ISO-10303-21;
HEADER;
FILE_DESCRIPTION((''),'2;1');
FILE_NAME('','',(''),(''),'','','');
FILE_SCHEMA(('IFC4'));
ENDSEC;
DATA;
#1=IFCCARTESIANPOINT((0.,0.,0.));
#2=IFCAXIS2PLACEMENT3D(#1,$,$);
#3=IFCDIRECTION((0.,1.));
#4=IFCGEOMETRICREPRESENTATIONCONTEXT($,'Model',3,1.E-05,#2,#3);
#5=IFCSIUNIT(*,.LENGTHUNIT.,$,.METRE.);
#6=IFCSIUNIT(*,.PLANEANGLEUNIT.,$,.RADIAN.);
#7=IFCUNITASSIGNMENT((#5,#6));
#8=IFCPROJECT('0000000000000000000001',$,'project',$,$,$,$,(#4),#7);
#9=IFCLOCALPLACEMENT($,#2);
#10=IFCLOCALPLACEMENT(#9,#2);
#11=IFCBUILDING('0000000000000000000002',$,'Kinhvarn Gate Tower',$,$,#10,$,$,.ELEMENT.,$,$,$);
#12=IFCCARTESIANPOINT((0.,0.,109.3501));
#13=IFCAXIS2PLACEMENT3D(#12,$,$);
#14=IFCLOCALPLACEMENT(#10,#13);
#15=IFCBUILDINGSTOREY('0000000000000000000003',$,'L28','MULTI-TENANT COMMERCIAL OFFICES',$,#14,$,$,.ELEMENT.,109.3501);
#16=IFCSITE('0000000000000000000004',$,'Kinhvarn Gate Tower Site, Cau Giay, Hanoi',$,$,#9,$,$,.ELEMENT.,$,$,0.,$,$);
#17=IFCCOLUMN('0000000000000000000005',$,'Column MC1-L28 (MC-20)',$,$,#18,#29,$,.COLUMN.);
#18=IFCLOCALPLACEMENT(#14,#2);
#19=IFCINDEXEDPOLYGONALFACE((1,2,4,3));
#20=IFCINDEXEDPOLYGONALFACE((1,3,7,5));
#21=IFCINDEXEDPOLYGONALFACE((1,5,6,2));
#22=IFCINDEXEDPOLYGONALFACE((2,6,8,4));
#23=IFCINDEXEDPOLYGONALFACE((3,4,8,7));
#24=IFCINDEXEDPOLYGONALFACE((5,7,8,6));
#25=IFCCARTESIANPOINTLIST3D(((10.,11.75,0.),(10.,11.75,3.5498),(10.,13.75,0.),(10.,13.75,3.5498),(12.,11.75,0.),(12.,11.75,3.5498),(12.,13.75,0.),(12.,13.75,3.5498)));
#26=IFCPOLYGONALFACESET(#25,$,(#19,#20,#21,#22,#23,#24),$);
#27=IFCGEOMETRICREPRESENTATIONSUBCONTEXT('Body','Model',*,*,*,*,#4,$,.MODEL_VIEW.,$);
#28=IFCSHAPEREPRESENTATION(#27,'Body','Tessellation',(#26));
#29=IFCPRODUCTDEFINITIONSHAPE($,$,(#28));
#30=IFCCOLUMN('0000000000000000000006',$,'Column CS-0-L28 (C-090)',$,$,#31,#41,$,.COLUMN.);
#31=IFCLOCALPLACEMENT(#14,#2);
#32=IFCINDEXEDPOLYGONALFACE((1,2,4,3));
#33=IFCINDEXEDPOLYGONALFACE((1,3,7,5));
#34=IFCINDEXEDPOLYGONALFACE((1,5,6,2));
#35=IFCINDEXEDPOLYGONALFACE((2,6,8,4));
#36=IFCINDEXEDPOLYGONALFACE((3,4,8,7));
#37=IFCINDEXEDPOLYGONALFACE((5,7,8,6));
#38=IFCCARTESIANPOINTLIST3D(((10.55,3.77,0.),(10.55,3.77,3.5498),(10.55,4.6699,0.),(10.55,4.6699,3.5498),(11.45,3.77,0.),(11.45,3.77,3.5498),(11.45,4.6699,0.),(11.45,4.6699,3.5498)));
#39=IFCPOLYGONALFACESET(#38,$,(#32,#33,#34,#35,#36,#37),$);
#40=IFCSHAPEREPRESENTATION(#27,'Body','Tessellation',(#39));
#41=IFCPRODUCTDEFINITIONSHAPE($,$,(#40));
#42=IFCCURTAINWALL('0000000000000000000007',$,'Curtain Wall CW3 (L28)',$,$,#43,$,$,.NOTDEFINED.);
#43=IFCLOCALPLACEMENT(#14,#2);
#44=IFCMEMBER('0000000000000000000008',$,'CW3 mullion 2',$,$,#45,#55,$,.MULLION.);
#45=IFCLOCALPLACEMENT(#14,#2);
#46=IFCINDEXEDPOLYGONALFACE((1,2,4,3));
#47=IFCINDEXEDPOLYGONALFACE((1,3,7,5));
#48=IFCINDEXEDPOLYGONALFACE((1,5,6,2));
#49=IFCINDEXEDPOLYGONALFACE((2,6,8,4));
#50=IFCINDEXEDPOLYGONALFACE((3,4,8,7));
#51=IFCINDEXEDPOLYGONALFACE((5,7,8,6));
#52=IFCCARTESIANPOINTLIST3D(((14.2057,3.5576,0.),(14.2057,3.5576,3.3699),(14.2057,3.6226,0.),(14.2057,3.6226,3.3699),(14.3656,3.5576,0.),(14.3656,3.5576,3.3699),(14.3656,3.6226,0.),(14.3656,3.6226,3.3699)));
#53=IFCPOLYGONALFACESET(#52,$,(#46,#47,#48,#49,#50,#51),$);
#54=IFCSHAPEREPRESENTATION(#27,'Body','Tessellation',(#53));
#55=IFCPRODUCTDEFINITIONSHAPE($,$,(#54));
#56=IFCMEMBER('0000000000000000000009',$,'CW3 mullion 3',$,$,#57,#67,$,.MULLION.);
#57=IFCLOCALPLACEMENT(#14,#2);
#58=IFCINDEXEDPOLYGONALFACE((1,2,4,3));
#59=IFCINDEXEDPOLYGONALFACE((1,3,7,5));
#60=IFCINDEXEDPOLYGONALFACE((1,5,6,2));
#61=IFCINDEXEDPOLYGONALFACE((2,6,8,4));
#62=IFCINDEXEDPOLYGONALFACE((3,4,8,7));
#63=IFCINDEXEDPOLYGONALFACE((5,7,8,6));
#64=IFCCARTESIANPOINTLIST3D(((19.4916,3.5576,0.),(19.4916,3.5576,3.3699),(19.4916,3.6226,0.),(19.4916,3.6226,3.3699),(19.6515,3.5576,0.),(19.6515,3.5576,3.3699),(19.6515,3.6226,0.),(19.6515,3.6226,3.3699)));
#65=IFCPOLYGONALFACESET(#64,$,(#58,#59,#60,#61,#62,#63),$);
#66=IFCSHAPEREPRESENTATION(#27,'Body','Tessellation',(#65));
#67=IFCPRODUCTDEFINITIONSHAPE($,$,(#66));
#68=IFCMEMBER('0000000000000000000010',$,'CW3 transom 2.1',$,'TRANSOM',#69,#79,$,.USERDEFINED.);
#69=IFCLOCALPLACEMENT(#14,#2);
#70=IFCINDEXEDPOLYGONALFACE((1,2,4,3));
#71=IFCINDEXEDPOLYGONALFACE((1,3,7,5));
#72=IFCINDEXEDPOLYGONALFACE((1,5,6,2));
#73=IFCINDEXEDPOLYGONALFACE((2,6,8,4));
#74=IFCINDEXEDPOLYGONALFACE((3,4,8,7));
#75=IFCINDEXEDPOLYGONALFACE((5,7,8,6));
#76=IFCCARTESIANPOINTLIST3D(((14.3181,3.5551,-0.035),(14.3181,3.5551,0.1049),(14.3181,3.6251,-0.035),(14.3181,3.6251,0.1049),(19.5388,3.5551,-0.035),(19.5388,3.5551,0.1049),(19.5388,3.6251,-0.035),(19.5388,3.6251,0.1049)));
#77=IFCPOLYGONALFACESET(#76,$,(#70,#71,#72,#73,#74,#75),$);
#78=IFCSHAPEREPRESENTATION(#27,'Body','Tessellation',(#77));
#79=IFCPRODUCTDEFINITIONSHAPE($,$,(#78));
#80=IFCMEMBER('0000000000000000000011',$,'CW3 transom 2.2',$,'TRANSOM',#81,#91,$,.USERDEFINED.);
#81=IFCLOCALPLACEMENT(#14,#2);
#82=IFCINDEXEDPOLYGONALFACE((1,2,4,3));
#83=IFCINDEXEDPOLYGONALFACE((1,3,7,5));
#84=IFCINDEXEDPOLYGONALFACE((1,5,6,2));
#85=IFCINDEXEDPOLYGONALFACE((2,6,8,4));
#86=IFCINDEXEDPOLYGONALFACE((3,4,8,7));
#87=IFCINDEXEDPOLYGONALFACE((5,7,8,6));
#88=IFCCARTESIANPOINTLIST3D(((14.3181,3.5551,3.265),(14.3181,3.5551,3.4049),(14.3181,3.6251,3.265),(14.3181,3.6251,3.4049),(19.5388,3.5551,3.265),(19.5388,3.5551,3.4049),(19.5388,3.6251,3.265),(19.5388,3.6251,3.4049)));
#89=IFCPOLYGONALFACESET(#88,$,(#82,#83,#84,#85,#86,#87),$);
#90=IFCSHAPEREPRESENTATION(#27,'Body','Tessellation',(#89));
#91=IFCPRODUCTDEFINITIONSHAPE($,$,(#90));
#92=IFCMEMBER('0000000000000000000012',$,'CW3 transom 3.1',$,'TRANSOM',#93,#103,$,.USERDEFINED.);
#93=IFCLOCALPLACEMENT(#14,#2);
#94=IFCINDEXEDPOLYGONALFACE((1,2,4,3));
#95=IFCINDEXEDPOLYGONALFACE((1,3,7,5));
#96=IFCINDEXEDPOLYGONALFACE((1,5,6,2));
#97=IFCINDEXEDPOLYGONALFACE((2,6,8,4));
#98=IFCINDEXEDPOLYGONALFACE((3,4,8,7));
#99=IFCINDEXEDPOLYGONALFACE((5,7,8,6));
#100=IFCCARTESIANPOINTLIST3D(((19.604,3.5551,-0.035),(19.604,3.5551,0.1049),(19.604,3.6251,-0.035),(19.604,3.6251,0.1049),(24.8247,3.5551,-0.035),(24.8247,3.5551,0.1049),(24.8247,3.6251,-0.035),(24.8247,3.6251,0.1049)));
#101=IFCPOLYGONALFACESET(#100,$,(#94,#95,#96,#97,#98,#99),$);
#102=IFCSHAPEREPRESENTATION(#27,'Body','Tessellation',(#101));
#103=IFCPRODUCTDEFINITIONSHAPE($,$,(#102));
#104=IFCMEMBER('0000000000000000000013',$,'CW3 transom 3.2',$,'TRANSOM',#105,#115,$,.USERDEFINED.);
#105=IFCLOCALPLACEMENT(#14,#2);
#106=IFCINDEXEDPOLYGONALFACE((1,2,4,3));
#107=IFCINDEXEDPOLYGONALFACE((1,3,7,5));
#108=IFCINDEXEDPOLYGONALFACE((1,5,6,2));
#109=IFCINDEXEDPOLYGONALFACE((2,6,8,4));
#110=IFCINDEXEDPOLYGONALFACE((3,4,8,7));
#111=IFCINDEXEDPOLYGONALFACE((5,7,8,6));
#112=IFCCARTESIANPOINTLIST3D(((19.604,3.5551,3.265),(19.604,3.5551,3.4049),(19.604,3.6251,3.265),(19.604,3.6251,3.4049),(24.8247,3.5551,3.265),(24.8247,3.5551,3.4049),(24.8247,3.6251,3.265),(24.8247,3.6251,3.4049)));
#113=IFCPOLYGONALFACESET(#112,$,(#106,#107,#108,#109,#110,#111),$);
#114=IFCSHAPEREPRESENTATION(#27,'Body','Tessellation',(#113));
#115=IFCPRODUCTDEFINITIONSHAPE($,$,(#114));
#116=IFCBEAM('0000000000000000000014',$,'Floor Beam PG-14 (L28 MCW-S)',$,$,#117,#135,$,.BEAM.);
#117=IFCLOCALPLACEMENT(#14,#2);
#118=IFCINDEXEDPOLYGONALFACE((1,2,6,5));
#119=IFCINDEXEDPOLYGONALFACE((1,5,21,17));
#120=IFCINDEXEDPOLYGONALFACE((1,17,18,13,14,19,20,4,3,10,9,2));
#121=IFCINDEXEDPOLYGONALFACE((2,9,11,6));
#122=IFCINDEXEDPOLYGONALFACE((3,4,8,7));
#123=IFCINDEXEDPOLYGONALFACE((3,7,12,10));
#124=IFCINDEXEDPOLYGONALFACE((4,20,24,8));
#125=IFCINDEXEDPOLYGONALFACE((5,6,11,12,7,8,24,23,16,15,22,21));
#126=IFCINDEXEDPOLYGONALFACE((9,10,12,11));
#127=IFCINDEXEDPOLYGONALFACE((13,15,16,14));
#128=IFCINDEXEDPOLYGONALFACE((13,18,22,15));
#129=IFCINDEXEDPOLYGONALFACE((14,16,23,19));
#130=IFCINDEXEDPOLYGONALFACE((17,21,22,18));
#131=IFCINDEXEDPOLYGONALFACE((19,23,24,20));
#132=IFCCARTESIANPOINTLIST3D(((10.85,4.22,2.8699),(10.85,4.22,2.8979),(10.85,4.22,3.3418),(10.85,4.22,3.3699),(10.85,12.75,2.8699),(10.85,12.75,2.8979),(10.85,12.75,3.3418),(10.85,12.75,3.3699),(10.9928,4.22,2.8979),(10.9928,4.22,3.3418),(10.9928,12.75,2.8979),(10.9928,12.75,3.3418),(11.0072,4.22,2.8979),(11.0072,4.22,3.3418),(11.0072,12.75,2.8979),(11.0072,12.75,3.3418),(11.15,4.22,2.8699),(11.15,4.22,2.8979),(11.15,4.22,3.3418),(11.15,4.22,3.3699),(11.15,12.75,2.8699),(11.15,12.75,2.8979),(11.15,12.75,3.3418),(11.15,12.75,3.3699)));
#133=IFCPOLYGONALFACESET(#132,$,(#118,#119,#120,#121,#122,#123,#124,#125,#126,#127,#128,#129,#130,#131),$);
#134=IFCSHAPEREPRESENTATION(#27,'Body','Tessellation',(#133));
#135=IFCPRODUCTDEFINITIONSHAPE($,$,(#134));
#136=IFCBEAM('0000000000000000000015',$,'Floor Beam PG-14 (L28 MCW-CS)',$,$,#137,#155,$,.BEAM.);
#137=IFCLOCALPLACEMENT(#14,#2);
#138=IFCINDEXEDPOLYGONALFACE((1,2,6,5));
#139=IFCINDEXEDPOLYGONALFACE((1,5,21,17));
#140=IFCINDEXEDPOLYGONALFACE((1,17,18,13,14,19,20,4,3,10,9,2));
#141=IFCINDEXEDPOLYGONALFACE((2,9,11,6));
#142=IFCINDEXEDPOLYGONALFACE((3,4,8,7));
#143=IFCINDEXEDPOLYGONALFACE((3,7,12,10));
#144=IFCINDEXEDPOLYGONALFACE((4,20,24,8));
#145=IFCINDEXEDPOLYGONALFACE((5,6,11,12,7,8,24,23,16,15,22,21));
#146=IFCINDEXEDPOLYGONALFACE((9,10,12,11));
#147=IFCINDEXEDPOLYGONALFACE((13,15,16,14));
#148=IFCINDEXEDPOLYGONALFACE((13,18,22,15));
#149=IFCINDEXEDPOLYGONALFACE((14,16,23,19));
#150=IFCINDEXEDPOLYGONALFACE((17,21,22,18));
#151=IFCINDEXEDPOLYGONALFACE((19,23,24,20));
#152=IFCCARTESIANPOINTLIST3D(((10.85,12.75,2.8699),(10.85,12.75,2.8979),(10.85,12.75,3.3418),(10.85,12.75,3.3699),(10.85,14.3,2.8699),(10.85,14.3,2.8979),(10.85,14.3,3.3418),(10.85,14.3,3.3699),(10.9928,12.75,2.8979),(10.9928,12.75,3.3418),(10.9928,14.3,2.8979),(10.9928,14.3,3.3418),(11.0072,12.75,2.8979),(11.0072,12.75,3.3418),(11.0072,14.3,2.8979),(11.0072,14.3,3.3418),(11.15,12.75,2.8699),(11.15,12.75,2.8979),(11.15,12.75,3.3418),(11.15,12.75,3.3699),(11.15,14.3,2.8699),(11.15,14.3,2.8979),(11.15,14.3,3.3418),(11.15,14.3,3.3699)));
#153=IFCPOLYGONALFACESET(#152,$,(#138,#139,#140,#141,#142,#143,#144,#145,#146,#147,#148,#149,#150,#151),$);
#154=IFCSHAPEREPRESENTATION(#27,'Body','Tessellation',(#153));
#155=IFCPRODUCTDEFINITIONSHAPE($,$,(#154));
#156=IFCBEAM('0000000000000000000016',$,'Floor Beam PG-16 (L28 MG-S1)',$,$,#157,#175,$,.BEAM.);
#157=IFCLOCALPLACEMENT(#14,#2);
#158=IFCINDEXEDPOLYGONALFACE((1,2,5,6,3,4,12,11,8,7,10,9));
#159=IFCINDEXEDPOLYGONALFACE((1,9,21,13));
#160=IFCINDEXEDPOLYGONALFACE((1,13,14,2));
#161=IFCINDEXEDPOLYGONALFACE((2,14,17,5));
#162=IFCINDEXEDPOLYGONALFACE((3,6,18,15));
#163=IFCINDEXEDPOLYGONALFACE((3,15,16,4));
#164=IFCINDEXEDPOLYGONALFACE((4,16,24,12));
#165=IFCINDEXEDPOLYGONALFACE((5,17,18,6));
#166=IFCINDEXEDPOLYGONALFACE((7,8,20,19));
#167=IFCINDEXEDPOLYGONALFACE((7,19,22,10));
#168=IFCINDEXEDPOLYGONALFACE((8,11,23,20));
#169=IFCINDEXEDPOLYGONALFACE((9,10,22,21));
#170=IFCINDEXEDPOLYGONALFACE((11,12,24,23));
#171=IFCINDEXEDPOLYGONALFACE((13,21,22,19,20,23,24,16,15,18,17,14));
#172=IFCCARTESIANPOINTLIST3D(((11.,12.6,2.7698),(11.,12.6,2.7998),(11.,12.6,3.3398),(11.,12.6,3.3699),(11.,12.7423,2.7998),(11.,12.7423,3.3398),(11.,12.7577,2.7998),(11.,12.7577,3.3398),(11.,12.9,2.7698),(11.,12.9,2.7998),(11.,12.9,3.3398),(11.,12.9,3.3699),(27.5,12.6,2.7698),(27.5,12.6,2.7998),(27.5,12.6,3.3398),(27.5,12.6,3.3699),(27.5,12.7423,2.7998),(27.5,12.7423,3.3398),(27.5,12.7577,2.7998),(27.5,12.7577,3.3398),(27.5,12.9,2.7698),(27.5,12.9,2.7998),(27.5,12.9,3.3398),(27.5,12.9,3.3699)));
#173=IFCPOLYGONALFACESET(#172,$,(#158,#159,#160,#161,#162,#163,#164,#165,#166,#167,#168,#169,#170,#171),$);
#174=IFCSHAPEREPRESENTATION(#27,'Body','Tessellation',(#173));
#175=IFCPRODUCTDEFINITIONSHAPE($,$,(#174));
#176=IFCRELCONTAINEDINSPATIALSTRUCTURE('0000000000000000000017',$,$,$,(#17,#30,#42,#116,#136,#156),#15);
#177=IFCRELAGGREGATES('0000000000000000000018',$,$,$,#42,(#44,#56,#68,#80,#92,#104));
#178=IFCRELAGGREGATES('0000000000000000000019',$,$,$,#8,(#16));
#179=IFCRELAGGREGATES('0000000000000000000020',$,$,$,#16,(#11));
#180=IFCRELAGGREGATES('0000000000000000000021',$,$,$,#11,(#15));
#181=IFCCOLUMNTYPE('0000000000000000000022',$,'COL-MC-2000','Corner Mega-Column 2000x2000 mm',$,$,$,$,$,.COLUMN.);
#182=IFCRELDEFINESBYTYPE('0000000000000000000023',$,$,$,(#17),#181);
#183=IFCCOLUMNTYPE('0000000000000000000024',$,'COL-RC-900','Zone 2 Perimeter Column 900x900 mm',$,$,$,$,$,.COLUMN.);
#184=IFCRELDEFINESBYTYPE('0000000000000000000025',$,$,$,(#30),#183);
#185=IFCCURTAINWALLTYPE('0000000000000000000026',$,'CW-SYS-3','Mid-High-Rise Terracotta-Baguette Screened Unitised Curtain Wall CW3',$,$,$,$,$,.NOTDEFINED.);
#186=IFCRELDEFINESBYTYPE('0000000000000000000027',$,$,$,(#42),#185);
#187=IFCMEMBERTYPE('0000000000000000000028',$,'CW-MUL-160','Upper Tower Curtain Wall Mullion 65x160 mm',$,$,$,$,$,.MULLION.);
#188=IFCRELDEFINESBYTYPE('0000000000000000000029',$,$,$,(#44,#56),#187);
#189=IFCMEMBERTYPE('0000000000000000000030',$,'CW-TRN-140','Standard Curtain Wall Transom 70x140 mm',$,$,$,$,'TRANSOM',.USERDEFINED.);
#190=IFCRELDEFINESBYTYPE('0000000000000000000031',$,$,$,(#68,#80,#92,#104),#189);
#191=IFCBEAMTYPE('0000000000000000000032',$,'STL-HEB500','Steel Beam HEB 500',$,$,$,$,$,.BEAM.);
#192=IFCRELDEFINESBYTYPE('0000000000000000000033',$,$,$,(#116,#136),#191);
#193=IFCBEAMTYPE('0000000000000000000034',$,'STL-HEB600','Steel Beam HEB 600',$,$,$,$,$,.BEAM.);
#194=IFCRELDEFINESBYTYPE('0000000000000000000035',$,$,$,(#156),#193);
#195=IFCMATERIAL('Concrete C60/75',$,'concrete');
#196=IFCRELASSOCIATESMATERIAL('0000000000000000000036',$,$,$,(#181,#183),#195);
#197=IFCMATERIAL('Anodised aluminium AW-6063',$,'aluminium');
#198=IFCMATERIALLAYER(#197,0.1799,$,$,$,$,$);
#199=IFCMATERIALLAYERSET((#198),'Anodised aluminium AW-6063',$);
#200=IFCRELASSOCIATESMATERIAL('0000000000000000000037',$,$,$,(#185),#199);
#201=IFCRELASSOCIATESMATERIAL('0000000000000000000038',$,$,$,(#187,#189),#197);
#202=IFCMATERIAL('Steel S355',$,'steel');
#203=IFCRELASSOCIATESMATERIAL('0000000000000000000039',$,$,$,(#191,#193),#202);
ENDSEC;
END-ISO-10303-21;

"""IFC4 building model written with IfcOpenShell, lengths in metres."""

from ifc_helpers import new_model, si_unit, direction, frame, origin, origin_2d, place, context, subcontext, project, spatial, rectangle, i_section, extrude, material, layer, layer_set, material_profile, profile_set, type_object, element, aggregate, save


model = new_model("IFC4")

# Units and contexts
model_context = context("Model", 3, precision=1e-05, world=origin(), true_north=direction((0.0, 1.0)))
body_context = subcontext(model_context, "Body", "Model", "MODEL_VIEW")
ifc_project = project(units=[si_unit("LENGTHUNIT", "METRE"), si_unit("PLANEANGLEUNIT", "RADIAN")], contexts=[model_context])

# Site, building, storey
site_placement = place(None, origin())
site = spatial("IfcSite", under=ifc_project, at=site_placement, Name="Kinhvarn Gate Tower Site, Cau Giay, Hanoi", CompositionType="ELEMENT", RefElevation=0.0)
building_placement = place(site_placement, origin())
building = spatial("IfcBuilding", under=site, at=building_placement, Name="Kinhvarn Gate Tower", CompositionType="ELEMENT")
storey_placement = place(building_placement, frame((0.0, 0.0, 109.3501)))
storey = spatial("IfcBuildingStorey", under=building, at=storey_placement, Name="L28", Description="MULTI-TENANT COMMERCIAL OFFICES", CompositionType="ELEMENT", Elevation=109.3501)

# Columns
ifc_material_1 = material(Name="Concrete C60/75", Category="concrete")
ifc_material_profile_1 = material_profile(ifc_material_1, rectangle(XDim=2.0, YDim=2.0, at=origin_2d()), Name="RC 2000x2000")
ifc_profile_set_1 = profile_set([ifc_material_profile_1], Name="Concrete C60/75")
column_type_1 = type_object("IfcColumnType", Name="COL-MC-2000", Description="Corner Mega-Column 2000x2000 mm", PredefinedType="COLUMN", material=ifc_profile_set_1)
column_1_placement = place(storey_placement, frame((11.0, 12.75, 0.0), z_axis=(0.0, 0.0, 1.0), x_axis=(1.0, 0.0, 0.0)))
element("IfcColumn", 1, at=column_1_placement, inside=storey, type_object=column_type_1, Name="Column MC1-L28 (MC-20)", PredefinedType="COLUMN", context=body_context, shape_type="SweptSolid", body=[
    extrude(rectangle(XDim=2.0, YDim=2.0, at=origin_2d()), origin(), (0.0, 0.0, 1.0), 3.5498),
])
ifc_material_profile_2 = material_profile(ifc_material_1, rectangle(XDim=0.8999, YDim=0.8999, at=origin_2d()), Name="RC 900x900")
ifc_profile_set_2 = profile_set([ifc_material_profile_2], Name="Concrete C60/75")
column_type_2 = type_object("IfcColumnType", Name="COL-RC-900", Description="Zone 2 Perimeter Column 900x900 mm", PredefinedType="COLUMN", material=ifc_profile_set_2)
column_2_placement = place(storey_placement, frame((11.0, 4.22, 0.0), z_axis=(0.0, 0.0, 1.0), x_axis=(1.0, 0.0, 0.0)))
element("IfcColumn", 2, at=column_2_placement, inside=storey, type_object=column_type_2, Name="Column CS-0-L28 (C-090)", PredefinedType="COLUMN", context=body_context, shape_type="SweptSolid", body=[
    extrude(rectangle(XDim=0.8999, YDim=0.8999, at=origin_2d()), origin(), (0.0, 0.0, 1.0), 3.5498),
])

# Curtain wall, members
ifc_material_2 = material(Name="Anodised aluminium AW-6063", Category="aluminium")
ifc_layer_1 = layer(ifc_material_2, 0.1799)
ifc_layer_set_1 = layer_set([ifc_layer_1], Name="Anodised aluminium AW-6063")
curtain_wall_type = type_object("IfcCurtainWallType", Name="CW-SYS-3", Description="Mid-High-Rise Terracotta-Baguette Screened Unitised Curtain Wall CW3", PredefinedType="NOTDEFINED", material=ifc_layer_set_1)
curtain_wall_placement = place(storey_placement, origin())
curtain_wall = element("IfcCurtainWall", 3, at=curtain_wall_placement, inside=storey, type_object=curtain_wall_type, Name="Curtain Wall CW3 (L28)", PredefinedType="NOTDEFINED")
ifc_material_profile_3 = material_profile(ifc_material_2, rectangle(XDim=0.0649, YDim=0.1599, at=origin_2d()), Name="ALU 65x160")
ifc_profile_set_3 = profile_set([ifc_material_profile_3], Name="Anodised aluminium AW-6063")
member_type_1 = type_object("IfcMemberType", Name="CW-MUL-160", Description="Upper Tower Curtain Wall Mullion 65x160 mm", PredefinedType="MULLION", material=ifc_profile_set_3)
member_1_placement = place(storey_placement, frame((14.2856, 3.5901, 0.0), z_axis=(0.0, 0.0, 1.0), x_axis=(0.0, 1.0, 0.0)))
member_1 = element("IfcMember", 4, at=member_1_placement, type_object=member_type_1, Name="CW3 mullion 2", PredefinedType="MULLION", context=body_context, shape_type="SweptSolid", body=[
    extrude(rectangle(XDim=0.0649, YDim=0.1599, at=origin_2d()), origin(), (0.0, 0.0, 1.0), 3.3699),
])
member_2_placement = place(storey_placement, frame((19.5715, 3.5901, 0.0), z_axis=(0.0, 0.0, 1.0), x_axis=(0.0, 1.0, 0.0)))
member_2 = element("IfcMember", 5, at=member_2_placement, type_object=member_type_1, Name="CW3 mullion 3", PredefinedType="MULLION", context=body_context, shape_type="SweptSolid", body=[
    extrude(rectangle(XDim=0.0649, YDim=0.1599, at=origin_2d()), origin(), (0.0, 0.0, 1.0), 3.3699),
])
ifc_material_profile_4 = material_profile(ifc_material_2, rectangle(XDim=0.0701, YDim=0.1399, at=origin_2d()), Name="ALU 70x140")
ifc_profile_set_4 = profile_set([ifc_material_profile_4], Name="Anodised aluminium AW-6063")
member_type_2 = type_object("IfcMemberType", Name="CW-TRN-140", Description="Standard Curtain Wall Transom 70x140 mm", ElementType="TRANSOM", PredefinedType="USERDEFINED", material=ifc_profile_set_4)
member_3_placement = place(storey_placement, frame((14.3181, 3.5901, 0.0349), z_axis=(1.0, 0.0, 0.0), x_axis=(0.0, 1.0, 0.0)))
member_3 = element("IfcMember", 6, at=member_3_placement, type_object=member_type_2, Name="CW3 transom 2.1", ObjectType="TRANSOM", PredefinedType="USERDEFINED", context=body_context, shape_type="SweptSolid", body=[
    extrude(rectangle(XDim=0.0701, YDim=0.1399, at=origin_2d()), origin(), (0.0, 0.0, 1.0), 5.2207),
])
member_4_placement = place(storey_placement, frame((14.3181, 3.5901, 3.335), z_axis=(1.0, 0.0, 0.0), x_axis=(0.0, 1.0, 0.0)))
member_4 = element("IfcMember", 7, at=member_4_placement, type_object=member_type_2, Name="CW3 transom 2.2", ObjectType="TRANSOM", PredefinedType="USERDEFINED", context=body_context, shape_type="SweptSolid", body=[
    extrude(rectangle(XDim=0.0701, YDim=0.1399, at=origin_2d()), origin(), (0.0, 0.0, 1.0), 5.2207),
])
member_5_placement = place(storey_placement, frame((19.604, 3.5901, 0.0349), z_axis=(1.0, 0.0, 0.0), x_axis=(0.0, 1.0, 0.0)))
member_5 = element("IfcMember", 8, at=member_5_placement, type_object=member_type_2, Name="CW3 transom 3.1", ObjectType="TRANSOM", PredefinedType="USERDEFINED", context=body_context, shape_type="SweptSolid", body=[
    extrude(rectangle(XDim=0.0701, YDim=0.1399, at=origin_2d()), origin(), (0.0, 0.0, 1.0), 5.2207),
])
member_6_placement = place(storey_placement, frame((19.604, 3.5901, 3.335), z_axis=(1.0, 0.0, 0.0), x_axis=(0.0, 1.0, 0.0)))
member_6 = element("IfcMember", 9, at=member_6_placement, type_object=member_type_2, Name="CW3 transom 3.2", ObjectType="TRANSOM", PredefinedType="USERDEFINED", context=body_context, shape_type="SweptSolid", body=[
    extrude(rectangle(XDim=0.0701, YDim=0.1399, at=origin_2d()), origin(), (0.0, 0.0, 1.0), 5.2207),
])

# Beams
ifc_material_3 = material(Name="Steel S355", Category="steel")
ifc_material_profile_5 = material_profile(ifc_material_3, i_section(OverallWidth=0.3, OverallDepth=0.5, WebThickness=0.0144, FlangeThickness=0.0281, at=origin_2d()), Name="HEB 500")
ifc_profile_set_5 = profile_set([ifc_material_profile_5], Name="Steel S355")
beam_type_1 = type_object("IfcBeamType", Name="STL-HEB500", Description="Steel Beam HEB 500", PredefinedType="BEAM", material=ifc_profile_set_5)
beam_1_placement = place(storey_placement, frame((11.0, 4.22, 3.1199), z_axis=(0.0, 1.0, 0.0), x_axis=(-1.0, 0.0, 0.0)))
element("IfcBeam", 10, at=beam_1_placement, inside=storey, type_object=beam_type_1, Name="Floor Beam PG-14 (L28 MCW-S)", PredefinedType="BEAM", context=body_context, shape_type="SweptSolid", body=[
    extrude(i_section(OverallWidth=0.3, OverallDepth=0.5, WebThickness=0.0144, FlangeThickness=0.0281, at=origin_2d()), origin(), (0.0, 0.0, 1.0), 8.53),
])
beam_2_placement = place(storey_placement, frame((11.0, 12.75, 3.1199), z_axis=(0.0, 1.0, 0.0), x_axis=(-1.0, 0.0, 0.0)))
element("IfcBeam", 11, at=beam_2_placement, inside=storey, type_object=beam_type_1, Name="Floor Beam PG-14 (L28 MCW-CS)", PredefinedType="BEAM", context=body_context, shape_type="SweptSolid", body=[
    extrude(i_section(OverallWidth=0.3, OverallDepth=0.5, WebThickness=0.0144, FlangeThickness=0.0281, at=origin_2d()), origin(), (0.0, 0.0, 1.0), 1.55),
])
ifc_material_profile_6 = material_profile(ifc_material_3, i_section(OverallWidth=0.3, OverallDepth=0.6001, WebThickness=0.0154, FlangeThickness=0.03, at=origin_2d()), Name="HEB 600")
ifc_profile_set_6 = profile_set([ifc_material_profile_6], Name="Steel S355")
beam_type_2 = type_object("IfcBeamType", Name="STL-HEB600", Description="Steel Beam HEB 600", PredefinedType="BEAM", material=ifc_profile_set_6)
beam_3_placement = place(storey_placement, frame((11.0, 12.75, 3.0698), z_axis=(1.0, 0.0, 0.0), x_axis=(0.0, 1.0, 0.0)))
element("IfcBeam", 12, at=beam_3_placement, inside=storey, type_object=beam_type_2, Name="Floor Beam PG-16 (L28 MG-S1)", PredefinedType="BEAM", context=body_context, shape_type="SweptSolid", body=[
    extrude(i_section(OverallWidth=0.3, OverallDepth=0.6001, WebThickness=0.0154, FlangeThickness=0.03, at=origin_2d()), origin(), (0.0, 0.0, 1.0), 16.5),
])

aggregate(curtain_wall, [member_1, member_2, member_3, member_4, member_5, member_6])

save(model, "model.ifc")
